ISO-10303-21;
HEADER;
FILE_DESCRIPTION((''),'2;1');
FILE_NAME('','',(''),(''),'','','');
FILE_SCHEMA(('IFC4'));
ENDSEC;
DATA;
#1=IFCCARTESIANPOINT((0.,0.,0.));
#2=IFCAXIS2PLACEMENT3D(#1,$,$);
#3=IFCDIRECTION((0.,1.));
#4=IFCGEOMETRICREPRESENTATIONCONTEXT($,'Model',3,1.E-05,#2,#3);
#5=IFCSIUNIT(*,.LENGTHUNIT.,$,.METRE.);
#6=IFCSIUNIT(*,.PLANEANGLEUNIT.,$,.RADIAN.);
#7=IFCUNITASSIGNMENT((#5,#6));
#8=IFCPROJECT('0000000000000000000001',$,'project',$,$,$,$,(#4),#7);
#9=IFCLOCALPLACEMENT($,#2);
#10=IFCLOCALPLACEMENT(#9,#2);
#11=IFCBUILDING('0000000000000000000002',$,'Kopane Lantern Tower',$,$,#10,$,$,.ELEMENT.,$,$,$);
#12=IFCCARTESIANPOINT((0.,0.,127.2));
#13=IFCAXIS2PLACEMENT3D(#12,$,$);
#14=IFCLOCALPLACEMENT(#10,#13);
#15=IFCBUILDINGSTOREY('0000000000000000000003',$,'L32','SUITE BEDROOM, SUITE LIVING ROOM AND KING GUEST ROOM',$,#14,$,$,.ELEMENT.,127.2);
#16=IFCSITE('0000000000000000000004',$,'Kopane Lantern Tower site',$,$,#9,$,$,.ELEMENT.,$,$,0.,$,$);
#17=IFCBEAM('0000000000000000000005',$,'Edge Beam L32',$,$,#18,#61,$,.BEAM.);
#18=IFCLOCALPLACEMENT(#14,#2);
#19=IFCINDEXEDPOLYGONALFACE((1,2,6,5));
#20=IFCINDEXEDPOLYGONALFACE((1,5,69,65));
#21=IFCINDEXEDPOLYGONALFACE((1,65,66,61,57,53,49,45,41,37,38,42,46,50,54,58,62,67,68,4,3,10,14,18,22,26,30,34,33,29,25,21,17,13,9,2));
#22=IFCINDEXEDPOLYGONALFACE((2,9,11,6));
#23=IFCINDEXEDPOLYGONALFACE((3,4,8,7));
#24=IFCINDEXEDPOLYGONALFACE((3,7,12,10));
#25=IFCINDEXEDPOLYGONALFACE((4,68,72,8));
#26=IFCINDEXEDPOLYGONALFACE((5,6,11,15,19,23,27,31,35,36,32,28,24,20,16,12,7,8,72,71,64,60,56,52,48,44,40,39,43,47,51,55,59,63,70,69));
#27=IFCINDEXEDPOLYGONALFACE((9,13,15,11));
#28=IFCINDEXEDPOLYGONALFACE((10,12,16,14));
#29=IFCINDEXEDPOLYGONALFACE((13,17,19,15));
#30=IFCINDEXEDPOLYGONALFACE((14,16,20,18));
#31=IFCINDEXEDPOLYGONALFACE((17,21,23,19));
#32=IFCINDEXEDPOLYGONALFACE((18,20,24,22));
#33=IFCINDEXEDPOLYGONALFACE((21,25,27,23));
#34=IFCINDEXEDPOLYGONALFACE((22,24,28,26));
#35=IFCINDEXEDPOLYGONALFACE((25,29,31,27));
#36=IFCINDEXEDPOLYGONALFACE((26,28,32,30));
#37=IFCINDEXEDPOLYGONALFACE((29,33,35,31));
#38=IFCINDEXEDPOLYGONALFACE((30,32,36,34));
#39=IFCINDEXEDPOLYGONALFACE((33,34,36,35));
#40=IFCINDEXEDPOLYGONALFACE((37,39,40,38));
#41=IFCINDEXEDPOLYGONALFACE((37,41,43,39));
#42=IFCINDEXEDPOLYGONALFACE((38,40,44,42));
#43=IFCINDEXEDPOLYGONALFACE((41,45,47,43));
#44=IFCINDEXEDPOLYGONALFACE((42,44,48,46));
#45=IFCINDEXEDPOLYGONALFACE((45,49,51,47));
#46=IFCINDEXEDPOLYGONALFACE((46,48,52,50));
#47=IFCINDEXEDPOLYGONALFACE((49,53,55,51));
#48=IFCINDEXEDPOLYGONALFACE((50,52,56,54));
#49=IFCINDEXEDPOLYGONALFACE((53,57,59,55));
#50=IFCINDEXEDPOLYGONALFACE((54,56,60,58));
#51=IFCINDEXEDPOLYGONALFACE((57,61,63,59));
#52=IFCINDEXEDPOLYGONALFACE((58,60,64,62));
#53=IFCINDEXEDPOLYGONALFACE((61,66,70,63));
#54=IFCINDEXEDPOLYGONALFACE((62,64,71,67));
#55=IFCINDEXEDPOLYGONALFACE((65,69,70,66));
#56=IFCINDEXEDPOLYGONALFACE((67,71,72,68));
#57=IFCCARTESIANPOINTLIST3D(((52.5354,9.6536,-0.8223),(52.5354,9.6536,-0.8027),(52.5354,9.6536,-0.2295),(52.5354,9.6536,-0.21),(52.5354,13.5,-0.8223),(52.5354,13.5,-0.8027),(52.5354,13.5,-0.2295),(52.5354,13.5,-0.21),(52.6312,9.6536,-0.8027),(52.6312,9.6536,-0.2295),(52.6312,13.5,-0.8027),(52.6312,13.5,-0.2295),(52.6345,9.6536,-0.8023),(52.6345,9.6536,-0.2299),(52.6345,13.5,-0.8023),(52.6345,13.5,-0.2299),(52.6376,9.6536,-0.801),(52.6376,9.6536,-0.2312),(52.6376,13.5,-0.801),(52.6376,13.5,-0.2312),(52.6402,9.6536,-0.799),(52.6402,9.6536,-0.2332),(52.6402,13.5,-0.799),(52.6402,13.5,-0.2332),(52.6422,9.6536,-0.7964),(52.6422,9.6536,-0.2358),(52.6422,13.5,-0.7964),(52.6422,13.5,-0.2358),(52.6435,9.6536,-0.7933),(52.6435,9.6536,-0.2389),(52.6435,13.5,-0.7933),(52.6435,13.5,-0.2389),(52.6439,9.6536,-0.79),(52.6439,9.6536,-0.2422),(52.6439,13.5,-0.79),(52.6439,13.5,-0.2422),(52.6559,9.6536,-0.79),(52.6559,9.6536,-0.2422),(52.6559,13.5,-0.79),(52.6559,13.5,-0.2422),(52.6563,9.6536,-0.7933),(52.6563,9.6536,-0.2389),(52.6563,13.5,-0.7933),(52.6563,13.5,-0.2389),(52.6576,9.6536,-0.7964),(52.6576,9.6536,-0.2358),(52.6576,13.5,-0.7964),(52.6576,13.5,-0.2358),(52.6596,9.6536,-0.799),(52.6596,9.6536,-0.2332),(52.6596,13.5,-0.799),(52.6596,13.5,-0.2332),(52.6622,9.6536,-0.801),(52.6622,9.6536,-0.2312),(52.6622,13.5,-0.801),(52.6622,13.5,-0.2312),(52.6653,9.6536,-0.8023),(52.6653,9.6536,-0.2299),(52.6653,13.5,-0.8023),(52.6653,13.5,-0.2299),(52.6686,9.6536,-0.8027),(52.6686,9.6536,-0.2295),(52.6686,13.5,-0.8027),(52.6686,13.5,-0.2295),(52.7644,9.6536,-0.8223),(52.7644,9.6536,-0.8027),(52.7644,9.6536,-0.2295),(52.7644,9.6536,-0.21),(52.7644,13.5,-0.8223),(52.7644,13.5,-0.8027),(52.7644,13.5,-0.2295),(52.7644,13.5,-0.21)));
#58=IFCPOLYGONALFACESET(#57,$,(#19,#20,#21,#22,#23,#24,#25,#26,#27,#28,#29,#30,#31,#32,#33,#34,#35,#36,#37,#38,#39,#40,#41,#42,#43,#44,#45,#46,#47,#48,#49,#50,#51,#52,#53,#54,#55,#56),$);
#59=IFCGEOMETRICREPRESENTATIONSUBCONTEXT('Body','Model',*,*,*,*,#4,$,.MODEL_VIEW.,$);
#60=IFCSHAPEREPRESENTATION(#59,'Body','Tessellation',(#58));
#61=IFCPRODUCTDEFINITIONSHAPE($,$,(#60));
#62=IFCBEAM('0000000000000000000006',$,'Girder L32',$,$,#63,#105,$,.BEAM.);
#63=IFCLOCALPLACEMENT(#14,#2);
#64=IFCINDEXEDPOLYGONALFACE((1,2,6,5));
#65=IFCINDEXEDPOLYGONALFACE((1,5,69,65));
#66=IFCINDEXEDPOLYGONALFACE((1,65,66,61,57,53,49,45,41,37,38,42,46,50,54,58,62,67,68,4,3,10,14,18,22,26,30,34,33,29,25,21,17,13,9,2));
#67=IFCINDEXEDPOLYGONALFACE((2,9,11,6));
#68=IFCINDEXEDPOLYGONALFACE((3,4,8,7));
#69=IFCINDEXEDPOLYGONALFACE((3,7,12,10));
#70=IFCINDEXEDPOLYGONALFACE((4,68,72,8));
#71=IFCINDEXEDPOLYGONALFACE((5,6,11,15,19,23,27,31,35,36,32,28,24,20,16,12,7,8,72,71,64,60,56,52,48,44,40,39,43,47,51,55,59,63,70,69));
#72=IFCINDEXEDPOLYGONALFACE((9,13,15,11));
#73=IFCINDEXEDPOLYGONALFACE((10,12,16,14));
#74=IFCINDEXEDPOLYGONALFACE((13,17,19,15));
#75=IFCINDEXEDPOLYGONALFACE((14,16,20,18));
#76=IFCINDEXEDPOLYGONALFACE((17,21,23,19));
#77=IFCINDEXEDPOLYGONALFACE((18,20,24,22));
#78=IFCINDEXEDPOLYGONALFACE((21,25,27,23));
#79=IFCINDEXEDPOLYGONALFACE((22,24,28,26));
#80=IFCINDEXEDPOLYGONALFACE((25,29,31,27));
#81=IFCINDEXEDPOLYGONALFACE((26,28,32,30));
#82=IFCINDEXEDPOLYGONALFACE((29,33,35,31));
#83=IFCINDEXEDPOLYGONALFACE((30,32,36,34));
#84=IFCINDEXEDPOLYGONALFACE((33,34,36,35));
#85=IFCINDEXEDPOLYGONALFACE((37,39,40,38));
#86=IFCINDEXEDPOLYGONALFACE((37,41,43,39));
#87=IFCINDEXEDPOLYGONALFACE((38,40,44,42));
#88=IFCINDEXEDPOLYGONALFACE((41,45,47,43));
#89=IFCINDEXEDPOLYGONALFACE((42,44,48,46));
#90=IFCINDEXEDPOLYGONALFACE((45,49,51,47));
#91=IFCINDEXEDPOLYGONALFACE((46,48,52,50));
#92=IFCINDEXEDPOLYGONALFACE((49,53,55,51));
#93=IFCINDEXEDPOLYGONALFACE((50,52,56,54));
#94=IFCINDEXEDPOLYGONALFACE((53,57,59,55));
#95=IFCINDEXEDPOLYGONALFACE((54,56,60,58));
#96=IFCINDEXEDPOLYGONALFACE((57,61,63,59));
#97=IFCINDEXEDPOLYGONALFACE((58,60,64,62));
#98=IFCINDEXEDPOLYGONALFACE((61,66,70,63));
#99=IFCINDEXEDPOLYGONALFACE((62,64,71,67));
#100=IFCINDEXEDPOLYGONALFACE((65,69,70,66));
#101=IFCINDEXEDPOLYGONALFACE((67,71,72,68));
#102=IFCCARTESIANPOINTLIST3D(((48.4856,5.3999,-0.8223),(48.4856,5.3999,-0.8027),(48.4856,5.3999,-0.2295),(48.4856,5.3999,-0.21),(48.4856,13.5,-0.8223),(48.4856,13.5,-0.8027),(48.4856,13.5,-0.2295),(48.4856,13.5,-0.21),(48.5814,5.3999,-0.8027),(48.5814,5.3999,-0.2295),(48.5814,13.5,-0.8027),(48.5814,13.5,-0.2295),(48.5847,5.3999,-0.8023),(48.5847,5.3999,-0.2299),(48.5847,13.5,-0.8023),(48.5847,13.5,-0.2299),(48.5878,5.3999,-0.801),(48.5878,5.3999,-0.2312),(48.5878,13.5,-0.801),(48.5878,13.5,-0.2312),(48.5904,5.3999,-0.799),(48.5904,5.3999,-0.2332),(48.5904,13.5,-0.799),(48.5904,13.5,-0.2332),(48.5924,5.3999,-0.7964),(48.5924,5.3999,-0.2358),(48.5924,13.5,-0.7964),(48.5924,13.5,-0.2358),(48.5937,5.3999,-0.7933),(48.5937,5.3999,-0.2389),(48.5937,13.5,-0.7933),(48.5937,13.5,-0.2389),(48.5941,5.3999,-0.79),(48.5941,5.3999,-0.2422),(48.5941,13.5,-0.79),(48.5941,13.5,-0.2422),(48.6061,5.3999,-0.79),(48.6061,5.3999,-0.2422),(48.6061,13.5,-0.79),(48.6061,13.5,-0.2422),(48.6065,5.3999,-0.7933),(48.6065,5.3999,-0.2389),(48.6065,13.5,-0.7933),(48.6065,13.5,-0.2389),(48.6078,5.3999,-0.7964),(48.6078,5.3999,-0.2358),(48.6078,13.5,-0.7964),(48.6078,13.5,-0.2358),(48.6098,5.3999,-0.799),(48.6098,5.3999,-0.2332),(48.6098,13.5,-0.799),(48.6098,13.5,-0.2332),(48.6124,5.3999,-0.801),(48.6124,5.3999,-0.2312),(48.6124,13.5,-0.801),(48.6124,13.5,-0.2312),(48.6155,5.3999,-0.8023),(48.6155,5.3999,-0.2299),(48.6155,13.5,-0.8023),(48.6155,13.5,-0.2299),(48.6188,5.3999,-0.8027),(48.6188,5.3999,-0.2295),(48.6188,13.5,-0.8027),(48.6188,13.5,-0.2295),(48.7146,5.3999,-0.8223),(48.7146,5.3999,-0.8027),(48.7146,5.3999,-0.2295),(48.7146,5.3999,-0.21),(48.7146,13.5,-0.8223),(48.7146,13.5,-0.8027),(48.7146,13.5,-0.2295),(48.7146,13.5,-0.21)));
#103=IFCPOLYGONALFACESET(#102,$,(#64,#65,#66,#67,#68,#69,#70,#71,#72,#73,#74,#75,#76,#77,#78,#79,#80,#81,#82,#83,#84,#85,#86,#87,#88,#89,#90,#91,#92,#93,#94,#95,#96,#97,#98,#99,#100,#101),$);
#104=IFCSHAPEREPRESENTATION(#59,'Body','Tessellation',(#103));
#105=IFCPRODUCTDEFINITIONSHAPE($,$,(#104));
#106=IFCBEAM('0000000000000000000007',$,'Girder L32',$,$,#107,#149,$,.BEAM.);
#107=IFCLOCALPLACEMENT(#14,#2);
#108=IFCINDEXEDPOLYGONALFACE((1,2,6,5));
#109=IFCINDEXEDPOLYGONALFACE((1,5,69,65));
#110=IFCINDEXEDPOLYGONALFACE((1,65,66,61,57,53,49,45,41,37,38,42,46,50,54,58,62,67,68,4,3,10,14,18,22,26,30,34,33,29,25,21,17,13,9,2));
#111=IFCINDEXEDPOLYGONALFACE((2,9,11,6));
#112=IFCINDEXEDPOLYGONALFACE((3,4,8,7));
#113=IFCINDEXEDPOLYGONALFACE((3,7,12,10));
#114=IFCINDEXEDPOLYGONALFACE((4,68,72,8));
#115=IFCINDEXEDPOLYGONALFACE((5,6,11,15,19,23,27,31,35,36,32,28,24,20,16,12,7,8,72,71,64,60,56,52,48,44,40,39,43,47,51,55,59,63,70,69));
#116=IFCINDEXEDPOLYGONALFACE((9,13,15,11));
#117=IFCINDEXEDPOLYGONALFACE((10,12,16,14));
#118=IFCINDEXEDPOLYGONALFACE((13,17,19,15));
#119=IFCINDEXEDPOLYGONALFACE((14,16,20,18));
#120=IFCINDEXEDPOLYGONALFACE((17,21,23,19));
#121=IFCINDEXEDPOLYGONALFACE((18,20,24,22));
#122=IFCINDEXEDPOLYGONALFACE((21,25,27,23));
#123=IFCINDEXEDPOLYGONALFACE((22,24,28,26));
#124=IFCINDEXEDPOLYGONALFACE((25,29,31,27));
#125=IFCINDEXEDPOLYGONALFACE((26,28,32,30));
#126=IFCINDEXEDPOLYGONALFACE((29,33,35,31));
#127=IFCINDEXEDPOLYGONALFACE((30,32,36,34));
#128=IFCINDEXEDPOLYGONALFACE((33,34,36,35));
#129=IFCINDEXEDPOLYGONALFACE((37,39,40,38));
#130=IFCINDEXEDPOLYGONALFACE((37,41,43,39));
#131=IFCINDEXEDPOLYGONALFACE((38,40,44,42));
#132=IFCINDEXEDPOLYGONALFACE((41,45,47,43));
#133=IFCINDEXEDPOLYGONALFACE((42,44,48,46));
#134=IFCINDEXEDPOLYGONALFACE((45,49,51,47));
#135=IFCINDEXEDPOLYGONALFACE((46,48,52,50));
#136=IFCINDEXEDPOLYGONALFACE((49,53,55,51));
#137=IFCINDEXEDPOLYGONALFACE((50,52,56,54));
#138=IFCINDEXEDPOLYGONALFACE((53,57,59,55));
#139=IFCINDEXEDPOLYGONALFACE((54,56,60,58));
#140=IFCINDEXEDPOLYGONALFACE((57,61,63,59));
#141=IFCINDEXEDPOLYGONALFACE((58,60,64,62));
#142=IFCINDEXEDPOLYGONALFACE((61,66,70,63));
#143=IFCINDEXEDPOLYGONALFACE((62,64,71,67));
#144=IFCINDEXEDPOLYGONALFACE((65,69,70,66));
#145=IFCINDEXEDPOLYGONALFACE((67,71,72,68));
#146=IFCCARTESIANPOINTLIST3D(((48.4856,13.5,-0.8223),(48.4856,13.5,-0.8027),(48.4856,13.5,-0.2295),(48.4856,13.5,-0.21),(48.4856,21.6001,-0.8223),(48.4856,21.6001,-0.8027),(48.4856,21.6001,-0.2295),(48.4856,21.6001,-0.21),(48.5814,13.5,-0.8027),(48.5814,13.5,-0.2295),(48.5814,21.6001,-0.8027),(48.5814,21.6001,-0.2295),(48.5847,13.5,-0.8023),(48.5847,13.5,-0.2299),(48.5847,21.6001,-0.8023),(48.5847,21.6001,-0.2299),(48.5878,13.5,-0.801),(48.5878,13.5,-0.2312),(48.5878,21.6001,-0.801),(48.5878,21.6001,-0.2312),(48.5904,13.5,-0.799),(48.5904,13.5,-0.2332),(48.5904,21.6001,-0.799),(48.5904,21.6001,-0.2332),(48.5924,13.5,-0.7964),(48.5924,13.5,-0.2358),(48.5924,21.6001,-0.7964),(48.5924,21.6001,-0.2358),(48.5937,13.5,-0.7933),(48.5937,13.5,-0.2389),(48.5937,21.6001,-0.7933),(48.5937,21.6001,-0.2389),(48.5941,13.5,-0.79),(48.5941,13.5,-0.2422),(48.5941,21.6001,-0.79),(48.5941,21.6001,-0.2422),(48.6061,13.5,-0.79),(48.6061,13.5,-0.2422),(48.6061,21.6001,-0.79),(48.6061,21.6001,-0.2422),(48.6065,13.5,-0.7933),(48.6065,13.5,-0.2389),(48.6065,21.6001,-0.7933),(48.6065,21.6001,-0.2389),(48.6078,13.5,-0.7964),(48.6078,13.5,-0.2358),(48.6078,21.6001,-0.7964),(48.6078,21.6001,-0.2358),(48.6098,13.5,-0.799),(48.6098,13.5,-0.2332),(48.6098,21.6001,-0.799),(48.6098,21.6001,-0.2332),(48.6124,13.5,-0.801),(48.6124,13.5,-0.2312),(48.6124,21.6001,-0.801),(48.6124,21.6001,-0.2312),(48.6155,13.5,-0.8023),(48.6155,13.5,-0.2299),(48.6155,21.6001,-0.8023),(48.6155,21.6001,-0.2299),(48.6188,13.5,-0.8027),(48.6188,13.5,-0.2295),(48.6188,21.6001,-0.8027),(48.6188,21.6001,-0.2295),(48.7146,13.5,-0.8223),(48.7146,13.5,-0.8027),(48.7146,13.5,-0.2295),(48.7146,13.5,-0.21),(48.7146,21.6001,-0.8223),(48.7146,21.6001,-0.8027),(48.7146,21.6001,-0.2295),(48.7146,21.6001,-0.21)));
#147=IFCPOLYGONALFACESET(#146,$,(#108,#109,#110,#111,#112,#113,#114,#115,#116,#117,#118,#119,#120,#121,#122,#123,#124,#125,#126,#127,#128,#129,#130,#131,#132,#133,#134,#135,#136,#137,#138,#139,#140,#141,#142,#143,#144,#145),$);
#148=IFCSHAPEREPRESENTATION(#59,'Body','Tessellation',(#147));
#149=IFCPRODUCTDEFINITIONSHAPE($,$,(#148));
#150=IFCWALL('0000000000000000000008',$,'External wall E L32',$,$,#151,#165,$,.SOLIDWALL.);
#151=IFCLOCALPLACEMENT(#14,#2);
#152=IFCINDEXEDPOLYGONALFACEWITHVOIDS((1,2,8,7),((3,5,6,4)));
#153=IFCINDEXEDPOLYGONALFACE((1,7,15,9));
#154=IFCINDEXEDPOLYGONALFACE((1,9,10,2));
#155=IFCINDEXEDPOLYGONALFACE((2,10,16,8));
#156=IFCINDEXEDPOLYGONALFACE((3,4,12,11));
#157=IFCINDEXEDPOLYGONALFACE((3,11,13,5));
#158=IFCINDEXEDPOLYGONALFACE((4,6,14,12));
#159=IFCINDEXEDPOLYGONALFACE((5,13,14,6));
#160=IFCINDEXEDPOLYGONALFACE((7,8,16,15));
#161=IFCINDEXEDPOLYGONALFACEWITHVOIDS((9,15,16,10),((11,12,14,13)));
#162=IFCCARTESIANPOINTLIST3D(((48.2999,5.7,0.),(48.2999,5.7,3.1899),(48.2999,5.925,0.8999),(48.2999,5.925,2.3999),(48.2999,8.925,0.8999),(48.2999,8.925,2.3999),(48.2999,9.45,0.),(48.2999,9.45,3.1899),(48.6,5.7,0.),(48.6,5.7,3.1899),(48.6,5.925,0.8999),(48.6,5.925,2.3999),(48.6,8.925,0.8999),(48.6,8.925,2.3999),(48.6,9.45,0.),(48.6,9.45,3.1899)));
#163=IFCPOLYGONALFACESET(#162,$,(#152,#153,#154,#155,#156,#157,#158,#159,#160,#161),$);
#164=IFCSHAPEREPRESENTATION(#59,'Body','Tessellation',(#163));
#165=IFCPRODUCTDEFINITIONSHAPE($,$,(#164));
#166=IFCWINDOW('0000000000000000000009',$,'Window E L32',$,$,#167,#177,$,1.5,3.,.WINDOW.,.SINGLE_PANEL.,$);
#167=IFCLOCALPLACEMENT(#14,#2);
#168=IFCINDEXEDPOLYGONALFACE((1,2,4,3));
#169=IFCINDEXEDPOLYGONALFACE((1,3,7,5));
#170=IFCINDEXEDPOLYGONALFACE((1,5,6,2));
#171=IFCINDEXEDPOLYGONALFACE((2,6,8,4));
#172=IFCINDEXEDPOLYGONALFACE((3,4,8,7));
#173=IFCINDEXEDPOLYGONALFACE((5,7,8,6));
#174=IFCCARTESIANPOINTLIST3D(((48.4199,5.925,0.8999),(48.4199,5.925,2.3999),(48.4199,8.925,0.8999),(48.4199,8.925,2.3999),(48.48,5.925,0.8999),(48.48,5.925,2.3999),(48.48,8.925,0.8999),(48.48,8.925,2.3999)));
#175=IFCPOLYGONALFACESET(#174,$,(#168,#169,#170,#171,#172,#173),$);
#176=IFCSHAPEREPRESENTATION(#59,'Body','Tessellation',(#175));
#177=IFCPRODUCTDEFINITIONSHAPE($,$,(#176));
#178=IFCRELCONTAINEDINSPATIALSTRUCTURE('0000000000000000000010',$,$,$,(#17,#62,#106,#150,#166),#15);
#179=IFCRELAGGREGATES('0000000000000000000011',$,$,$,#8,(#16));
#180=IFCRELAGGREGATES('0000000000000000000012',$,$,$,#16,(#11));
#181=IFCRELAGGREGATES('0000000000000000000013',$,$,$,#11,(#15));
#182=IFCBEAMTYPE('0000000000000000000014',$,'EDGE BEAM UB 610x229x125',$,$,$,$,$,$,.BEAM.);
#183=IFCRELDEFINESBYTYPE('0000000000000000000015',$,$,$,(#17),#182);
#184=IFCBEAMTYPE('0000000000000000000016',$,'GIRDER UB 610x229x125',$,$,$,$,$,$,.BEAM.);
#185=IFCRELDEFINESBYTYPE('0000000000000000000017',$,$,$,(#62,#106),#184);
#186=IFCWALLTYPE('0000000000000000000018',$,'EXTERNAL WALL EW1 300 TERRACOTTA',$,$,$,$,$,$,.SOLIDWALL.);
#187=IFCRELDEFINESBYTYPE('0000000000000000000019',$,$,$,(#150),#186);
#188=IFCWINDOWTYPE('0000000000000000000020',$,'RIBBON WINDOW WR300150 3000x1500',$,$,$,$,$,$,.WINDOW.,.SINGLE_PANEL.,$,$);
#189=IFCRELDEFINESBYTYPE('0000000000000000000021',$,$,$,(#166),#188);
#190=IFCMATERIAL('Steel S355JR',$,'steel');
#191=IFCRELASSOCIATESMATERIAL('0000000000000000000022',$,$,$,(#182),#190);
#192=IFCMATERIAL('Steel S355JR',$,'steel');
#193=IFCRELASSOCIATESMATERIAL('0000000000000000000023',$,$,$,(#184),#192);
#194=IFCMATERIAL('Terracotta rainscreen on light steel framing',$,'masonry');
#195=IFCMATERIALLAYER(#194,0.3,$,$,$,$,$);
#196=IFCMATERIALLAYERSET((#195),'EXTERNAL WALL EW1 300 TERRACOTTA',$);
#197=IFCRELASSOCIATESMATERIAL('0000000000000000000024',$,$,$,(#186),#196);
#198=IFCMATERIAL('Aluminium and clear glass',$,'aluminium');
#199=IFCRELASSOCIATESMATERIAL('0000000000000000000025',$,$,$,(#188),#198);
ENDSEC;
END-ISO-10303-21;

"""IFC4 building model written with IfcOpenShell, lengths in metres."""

from ifc_helpers import new_model, si_unit, direction, frame, frame_2d, origin, origin_2d, place, context, subcontext, project, spatial, rectangle, i_section, extrude, material, layer, layer_set, material_profile, profile_set, type_object, element, fill, save


model = new_model("IFC4")

# Units and contexts
model_context = context("Model", 3, precision=1e-05, world=origin(), true_north=direction((0.0, 1.0)))
body_context = subcontext(model_context, "Body", "Model", "MODEL_VIEW")
ifc_project = project(units=[si_unit("LENGTHUNIT", "METRE"), si_unit("PLANEANGLEUNIT", "RADIAN")], contexts=[model_context])

# Site, building, storey
site_placement = place(None, origin())
site = spatial("IfcSite", under=ifc_project, at=site_placement, Name="Kopane Lantern Tower site", CompositionType="ELEMENT", RefElevation=0.0)
building_placement = place(site_placement, origin())
building = spatial("IfcBuilding", under=site, at=building_placement, Name="Kopane Lantern Tower", CompositionType="ELEMENT")
storey_placement = place(building_placement, frame((0.0, 0.0, 127.2)))
storey = spatial("IfcBuildingStorey", under=building, at=storey_placement, Name="L32", Description="SUITE BEDROOM, SUITE LIVING ROOM AND KING GUEST ROOM", CompositionType="ELEMENT", Elevation=127.2)

# Beams
ifc_material_1 = material(Name="Steel S355JR", Category="steel")
ifc_material_profile_1 = material_profile(ifc_material_1, i_section(OverallWidth=0.229, OverallDepth=0.6123, WebThickness=0.012, FlangeThickness=0.0195, FilletRadius=0.0127, at=origin_2d()), Name="UB 610x229x125")
ifc_profile_set_1 = profile_set([ifc_material_profile_1], Name="Steel S355JR")
beam_type_1 = type_object("IfcBeamType", Name="EDGE BEAM UB 610x229x125", PredefinedType="BEAM", material=ifc_profile_set_1)
for number, where, z_axis, x_axis, name in (
    (1, (52.6499, 9.6536, -0.5161), (0.0, 1.0, 0.0), (-1.0, 0.0, 0.0), "Edge Beam L32"),
):
    element("IfcBeam", number, at=place(storey_placement, frame(where, z_axis=z_axis, x_axis=x_axis)), inside=storey, type_object=beam_type_1, Name=name, PredefinedType="BEAM", context=body_context, shape_type="SweptSolid", body=[
        extrude(i_section(OverallWidth=0.229, OverallDepth=0.6123, WebThickness=0.012, FlangeThickness=0.0195, FilletRadius=0.0127, at=origin_2d()), origin(), (0.0, 0.0, 1.0), 3.8464),
    ])
ifc_material_2 = material(Name="Steel S355JR", Category="steel")
ifc_material_profile_2 = material_profile(ifc_material_2, i_section(OverallWidth=0.229, OverallDepth=0.6123, WebThickness=0.012, FlangeThickness=0.0195, FilletRadius=0.0127, at=origin_2d()), Name="UB 610x229x125")
ifc_profile_set_2 = profile_set([ifc_material_profile_2], Name="Steel S355JR")
beam_type_2 = type_object("IfcBeamType", Name="GIRDER UB 610x229x125", PredefinedType="BEAM", material=ifc_profile_set_2)
for number, where, z_axis, x_axis, name in (
    (2, (48.6001, 5.3999, -0.5161), (0.0, 1.0, 0.0), (-1.0, 0.0, 0.0), "Girder L32"),
    (3, (48.6001, 13.5, -0.5161), (0.0, 1.0, 0.0), (-1.0, 0.0, 0.0), "Girder L32"),
):
    element("IfcBeam", number, at=place(storey_placement, frame(where, z_axis=z_axis, x_axis=x_axis)), inside=storey, type_object=beam_type_2, Name=name, PredefinedType="BEAM", context=body_context, shape_type="SweptSolid", body=[
        extrude(i_section(OverallWidth=0.229, OverallDepth=0.6123, WebThickness=0.012, FlangeThickness=0.0195, FilletRadius=0.0127, at=origin_2d()), origin(), (0.0, 0.0, 1.0), 8.1001),
    ])

# Wall, opening, window
ifc_material_3 = material(Name="Terracotta rainscreen on light steel framing", Category="masonry")
ifc_layer = layer(ifc_material_3, 0.3)
ifc_layer_set = layer_set([ifc_layer], Name="EXTERNAL WALL EW1 300 TERRACOTTA")
wall_type = type_object("IfcWallType", Name="EXTERNAL WALL EW1 300 TERRACOTTA", PredefinedType="SOLIDWALL", material=ifc_layer_set)
wall_1_placement = place(storey_placement, frame((48.45, 5.7, 0.0), z_axis=(0.0, 0.0, 1.0), x_axis=(0.0, 1.0, 0.0)))
wall_1 = element("IfcWall", 4, at=wall_1_placement, inside=storey, type_object=wall_type, Name="External wall E L32", PredefinedType="SOLIDWALL", context=body_context, shape_type="SweptSolid", body=[
    extrude(rectangle(XDim=3.75, YDim=0.3, at=frame_2d((1.875, 0.0))), origin(), (0.0, 0.0, 1.0), 3.1899),
])
opening_1_placement = place(wall_1_placement, frame((0.2251, 0.0, 0.8999)))
opening_1 = element("IfcOpeningElement", 5, at=opening_1_placement, cuts=wall_1, PredefinedType="OPENING", context=body_context, shape_type="SweptSolid", body=[
    extrude(rectangle(XDim=3.0, YDim=1.5, at=frame_2d((1.5, 0.75))), frame((0.0, 0.1599, 0.0), z_axis=(0.0, -1.0, 0.0), x_axis=(1.0, 0.0, 0.0)), (0.0, 0.0, 1.0), 0.3201),
])
ifc_material_4 = material(Name="Aluminium and clear glass", Category="aluminium")
window_type = type_object("IfcWindowType", Name="RIBBON WINDOW WR300150 3000x1500", PartitioningType="SINGLE_PANEL", PredefinedType="WINDOW", material=ifc_material_4)
window_1_placement = place(opening_1_placement, origin())
window_1 = element("IfcWindow", 6, at=window_1_placement, inside=storey, type_object=window_type, Name="Window E L32", OverallHeight=1.5, OverallWidth=3.0, PartitioningType="SINGLE_PANEL", PredefinedType="WINDOW", context=body_context, shape_type="SweptSolid", body=[
    extrude(rectangle(XDim=3.0, YDim=1.5, at=frame_2d((1.5, 0.75))), frame((0.0, 0.03, 0.0), z_axis=(0.0, -1.0, 0.0), x_axis=(1.0, 0.0, 0.0)), (0.0, 0.0, 1.0), 0.0601),
])
fill(opening_1, window_1)

save(model, "model.ifc")
